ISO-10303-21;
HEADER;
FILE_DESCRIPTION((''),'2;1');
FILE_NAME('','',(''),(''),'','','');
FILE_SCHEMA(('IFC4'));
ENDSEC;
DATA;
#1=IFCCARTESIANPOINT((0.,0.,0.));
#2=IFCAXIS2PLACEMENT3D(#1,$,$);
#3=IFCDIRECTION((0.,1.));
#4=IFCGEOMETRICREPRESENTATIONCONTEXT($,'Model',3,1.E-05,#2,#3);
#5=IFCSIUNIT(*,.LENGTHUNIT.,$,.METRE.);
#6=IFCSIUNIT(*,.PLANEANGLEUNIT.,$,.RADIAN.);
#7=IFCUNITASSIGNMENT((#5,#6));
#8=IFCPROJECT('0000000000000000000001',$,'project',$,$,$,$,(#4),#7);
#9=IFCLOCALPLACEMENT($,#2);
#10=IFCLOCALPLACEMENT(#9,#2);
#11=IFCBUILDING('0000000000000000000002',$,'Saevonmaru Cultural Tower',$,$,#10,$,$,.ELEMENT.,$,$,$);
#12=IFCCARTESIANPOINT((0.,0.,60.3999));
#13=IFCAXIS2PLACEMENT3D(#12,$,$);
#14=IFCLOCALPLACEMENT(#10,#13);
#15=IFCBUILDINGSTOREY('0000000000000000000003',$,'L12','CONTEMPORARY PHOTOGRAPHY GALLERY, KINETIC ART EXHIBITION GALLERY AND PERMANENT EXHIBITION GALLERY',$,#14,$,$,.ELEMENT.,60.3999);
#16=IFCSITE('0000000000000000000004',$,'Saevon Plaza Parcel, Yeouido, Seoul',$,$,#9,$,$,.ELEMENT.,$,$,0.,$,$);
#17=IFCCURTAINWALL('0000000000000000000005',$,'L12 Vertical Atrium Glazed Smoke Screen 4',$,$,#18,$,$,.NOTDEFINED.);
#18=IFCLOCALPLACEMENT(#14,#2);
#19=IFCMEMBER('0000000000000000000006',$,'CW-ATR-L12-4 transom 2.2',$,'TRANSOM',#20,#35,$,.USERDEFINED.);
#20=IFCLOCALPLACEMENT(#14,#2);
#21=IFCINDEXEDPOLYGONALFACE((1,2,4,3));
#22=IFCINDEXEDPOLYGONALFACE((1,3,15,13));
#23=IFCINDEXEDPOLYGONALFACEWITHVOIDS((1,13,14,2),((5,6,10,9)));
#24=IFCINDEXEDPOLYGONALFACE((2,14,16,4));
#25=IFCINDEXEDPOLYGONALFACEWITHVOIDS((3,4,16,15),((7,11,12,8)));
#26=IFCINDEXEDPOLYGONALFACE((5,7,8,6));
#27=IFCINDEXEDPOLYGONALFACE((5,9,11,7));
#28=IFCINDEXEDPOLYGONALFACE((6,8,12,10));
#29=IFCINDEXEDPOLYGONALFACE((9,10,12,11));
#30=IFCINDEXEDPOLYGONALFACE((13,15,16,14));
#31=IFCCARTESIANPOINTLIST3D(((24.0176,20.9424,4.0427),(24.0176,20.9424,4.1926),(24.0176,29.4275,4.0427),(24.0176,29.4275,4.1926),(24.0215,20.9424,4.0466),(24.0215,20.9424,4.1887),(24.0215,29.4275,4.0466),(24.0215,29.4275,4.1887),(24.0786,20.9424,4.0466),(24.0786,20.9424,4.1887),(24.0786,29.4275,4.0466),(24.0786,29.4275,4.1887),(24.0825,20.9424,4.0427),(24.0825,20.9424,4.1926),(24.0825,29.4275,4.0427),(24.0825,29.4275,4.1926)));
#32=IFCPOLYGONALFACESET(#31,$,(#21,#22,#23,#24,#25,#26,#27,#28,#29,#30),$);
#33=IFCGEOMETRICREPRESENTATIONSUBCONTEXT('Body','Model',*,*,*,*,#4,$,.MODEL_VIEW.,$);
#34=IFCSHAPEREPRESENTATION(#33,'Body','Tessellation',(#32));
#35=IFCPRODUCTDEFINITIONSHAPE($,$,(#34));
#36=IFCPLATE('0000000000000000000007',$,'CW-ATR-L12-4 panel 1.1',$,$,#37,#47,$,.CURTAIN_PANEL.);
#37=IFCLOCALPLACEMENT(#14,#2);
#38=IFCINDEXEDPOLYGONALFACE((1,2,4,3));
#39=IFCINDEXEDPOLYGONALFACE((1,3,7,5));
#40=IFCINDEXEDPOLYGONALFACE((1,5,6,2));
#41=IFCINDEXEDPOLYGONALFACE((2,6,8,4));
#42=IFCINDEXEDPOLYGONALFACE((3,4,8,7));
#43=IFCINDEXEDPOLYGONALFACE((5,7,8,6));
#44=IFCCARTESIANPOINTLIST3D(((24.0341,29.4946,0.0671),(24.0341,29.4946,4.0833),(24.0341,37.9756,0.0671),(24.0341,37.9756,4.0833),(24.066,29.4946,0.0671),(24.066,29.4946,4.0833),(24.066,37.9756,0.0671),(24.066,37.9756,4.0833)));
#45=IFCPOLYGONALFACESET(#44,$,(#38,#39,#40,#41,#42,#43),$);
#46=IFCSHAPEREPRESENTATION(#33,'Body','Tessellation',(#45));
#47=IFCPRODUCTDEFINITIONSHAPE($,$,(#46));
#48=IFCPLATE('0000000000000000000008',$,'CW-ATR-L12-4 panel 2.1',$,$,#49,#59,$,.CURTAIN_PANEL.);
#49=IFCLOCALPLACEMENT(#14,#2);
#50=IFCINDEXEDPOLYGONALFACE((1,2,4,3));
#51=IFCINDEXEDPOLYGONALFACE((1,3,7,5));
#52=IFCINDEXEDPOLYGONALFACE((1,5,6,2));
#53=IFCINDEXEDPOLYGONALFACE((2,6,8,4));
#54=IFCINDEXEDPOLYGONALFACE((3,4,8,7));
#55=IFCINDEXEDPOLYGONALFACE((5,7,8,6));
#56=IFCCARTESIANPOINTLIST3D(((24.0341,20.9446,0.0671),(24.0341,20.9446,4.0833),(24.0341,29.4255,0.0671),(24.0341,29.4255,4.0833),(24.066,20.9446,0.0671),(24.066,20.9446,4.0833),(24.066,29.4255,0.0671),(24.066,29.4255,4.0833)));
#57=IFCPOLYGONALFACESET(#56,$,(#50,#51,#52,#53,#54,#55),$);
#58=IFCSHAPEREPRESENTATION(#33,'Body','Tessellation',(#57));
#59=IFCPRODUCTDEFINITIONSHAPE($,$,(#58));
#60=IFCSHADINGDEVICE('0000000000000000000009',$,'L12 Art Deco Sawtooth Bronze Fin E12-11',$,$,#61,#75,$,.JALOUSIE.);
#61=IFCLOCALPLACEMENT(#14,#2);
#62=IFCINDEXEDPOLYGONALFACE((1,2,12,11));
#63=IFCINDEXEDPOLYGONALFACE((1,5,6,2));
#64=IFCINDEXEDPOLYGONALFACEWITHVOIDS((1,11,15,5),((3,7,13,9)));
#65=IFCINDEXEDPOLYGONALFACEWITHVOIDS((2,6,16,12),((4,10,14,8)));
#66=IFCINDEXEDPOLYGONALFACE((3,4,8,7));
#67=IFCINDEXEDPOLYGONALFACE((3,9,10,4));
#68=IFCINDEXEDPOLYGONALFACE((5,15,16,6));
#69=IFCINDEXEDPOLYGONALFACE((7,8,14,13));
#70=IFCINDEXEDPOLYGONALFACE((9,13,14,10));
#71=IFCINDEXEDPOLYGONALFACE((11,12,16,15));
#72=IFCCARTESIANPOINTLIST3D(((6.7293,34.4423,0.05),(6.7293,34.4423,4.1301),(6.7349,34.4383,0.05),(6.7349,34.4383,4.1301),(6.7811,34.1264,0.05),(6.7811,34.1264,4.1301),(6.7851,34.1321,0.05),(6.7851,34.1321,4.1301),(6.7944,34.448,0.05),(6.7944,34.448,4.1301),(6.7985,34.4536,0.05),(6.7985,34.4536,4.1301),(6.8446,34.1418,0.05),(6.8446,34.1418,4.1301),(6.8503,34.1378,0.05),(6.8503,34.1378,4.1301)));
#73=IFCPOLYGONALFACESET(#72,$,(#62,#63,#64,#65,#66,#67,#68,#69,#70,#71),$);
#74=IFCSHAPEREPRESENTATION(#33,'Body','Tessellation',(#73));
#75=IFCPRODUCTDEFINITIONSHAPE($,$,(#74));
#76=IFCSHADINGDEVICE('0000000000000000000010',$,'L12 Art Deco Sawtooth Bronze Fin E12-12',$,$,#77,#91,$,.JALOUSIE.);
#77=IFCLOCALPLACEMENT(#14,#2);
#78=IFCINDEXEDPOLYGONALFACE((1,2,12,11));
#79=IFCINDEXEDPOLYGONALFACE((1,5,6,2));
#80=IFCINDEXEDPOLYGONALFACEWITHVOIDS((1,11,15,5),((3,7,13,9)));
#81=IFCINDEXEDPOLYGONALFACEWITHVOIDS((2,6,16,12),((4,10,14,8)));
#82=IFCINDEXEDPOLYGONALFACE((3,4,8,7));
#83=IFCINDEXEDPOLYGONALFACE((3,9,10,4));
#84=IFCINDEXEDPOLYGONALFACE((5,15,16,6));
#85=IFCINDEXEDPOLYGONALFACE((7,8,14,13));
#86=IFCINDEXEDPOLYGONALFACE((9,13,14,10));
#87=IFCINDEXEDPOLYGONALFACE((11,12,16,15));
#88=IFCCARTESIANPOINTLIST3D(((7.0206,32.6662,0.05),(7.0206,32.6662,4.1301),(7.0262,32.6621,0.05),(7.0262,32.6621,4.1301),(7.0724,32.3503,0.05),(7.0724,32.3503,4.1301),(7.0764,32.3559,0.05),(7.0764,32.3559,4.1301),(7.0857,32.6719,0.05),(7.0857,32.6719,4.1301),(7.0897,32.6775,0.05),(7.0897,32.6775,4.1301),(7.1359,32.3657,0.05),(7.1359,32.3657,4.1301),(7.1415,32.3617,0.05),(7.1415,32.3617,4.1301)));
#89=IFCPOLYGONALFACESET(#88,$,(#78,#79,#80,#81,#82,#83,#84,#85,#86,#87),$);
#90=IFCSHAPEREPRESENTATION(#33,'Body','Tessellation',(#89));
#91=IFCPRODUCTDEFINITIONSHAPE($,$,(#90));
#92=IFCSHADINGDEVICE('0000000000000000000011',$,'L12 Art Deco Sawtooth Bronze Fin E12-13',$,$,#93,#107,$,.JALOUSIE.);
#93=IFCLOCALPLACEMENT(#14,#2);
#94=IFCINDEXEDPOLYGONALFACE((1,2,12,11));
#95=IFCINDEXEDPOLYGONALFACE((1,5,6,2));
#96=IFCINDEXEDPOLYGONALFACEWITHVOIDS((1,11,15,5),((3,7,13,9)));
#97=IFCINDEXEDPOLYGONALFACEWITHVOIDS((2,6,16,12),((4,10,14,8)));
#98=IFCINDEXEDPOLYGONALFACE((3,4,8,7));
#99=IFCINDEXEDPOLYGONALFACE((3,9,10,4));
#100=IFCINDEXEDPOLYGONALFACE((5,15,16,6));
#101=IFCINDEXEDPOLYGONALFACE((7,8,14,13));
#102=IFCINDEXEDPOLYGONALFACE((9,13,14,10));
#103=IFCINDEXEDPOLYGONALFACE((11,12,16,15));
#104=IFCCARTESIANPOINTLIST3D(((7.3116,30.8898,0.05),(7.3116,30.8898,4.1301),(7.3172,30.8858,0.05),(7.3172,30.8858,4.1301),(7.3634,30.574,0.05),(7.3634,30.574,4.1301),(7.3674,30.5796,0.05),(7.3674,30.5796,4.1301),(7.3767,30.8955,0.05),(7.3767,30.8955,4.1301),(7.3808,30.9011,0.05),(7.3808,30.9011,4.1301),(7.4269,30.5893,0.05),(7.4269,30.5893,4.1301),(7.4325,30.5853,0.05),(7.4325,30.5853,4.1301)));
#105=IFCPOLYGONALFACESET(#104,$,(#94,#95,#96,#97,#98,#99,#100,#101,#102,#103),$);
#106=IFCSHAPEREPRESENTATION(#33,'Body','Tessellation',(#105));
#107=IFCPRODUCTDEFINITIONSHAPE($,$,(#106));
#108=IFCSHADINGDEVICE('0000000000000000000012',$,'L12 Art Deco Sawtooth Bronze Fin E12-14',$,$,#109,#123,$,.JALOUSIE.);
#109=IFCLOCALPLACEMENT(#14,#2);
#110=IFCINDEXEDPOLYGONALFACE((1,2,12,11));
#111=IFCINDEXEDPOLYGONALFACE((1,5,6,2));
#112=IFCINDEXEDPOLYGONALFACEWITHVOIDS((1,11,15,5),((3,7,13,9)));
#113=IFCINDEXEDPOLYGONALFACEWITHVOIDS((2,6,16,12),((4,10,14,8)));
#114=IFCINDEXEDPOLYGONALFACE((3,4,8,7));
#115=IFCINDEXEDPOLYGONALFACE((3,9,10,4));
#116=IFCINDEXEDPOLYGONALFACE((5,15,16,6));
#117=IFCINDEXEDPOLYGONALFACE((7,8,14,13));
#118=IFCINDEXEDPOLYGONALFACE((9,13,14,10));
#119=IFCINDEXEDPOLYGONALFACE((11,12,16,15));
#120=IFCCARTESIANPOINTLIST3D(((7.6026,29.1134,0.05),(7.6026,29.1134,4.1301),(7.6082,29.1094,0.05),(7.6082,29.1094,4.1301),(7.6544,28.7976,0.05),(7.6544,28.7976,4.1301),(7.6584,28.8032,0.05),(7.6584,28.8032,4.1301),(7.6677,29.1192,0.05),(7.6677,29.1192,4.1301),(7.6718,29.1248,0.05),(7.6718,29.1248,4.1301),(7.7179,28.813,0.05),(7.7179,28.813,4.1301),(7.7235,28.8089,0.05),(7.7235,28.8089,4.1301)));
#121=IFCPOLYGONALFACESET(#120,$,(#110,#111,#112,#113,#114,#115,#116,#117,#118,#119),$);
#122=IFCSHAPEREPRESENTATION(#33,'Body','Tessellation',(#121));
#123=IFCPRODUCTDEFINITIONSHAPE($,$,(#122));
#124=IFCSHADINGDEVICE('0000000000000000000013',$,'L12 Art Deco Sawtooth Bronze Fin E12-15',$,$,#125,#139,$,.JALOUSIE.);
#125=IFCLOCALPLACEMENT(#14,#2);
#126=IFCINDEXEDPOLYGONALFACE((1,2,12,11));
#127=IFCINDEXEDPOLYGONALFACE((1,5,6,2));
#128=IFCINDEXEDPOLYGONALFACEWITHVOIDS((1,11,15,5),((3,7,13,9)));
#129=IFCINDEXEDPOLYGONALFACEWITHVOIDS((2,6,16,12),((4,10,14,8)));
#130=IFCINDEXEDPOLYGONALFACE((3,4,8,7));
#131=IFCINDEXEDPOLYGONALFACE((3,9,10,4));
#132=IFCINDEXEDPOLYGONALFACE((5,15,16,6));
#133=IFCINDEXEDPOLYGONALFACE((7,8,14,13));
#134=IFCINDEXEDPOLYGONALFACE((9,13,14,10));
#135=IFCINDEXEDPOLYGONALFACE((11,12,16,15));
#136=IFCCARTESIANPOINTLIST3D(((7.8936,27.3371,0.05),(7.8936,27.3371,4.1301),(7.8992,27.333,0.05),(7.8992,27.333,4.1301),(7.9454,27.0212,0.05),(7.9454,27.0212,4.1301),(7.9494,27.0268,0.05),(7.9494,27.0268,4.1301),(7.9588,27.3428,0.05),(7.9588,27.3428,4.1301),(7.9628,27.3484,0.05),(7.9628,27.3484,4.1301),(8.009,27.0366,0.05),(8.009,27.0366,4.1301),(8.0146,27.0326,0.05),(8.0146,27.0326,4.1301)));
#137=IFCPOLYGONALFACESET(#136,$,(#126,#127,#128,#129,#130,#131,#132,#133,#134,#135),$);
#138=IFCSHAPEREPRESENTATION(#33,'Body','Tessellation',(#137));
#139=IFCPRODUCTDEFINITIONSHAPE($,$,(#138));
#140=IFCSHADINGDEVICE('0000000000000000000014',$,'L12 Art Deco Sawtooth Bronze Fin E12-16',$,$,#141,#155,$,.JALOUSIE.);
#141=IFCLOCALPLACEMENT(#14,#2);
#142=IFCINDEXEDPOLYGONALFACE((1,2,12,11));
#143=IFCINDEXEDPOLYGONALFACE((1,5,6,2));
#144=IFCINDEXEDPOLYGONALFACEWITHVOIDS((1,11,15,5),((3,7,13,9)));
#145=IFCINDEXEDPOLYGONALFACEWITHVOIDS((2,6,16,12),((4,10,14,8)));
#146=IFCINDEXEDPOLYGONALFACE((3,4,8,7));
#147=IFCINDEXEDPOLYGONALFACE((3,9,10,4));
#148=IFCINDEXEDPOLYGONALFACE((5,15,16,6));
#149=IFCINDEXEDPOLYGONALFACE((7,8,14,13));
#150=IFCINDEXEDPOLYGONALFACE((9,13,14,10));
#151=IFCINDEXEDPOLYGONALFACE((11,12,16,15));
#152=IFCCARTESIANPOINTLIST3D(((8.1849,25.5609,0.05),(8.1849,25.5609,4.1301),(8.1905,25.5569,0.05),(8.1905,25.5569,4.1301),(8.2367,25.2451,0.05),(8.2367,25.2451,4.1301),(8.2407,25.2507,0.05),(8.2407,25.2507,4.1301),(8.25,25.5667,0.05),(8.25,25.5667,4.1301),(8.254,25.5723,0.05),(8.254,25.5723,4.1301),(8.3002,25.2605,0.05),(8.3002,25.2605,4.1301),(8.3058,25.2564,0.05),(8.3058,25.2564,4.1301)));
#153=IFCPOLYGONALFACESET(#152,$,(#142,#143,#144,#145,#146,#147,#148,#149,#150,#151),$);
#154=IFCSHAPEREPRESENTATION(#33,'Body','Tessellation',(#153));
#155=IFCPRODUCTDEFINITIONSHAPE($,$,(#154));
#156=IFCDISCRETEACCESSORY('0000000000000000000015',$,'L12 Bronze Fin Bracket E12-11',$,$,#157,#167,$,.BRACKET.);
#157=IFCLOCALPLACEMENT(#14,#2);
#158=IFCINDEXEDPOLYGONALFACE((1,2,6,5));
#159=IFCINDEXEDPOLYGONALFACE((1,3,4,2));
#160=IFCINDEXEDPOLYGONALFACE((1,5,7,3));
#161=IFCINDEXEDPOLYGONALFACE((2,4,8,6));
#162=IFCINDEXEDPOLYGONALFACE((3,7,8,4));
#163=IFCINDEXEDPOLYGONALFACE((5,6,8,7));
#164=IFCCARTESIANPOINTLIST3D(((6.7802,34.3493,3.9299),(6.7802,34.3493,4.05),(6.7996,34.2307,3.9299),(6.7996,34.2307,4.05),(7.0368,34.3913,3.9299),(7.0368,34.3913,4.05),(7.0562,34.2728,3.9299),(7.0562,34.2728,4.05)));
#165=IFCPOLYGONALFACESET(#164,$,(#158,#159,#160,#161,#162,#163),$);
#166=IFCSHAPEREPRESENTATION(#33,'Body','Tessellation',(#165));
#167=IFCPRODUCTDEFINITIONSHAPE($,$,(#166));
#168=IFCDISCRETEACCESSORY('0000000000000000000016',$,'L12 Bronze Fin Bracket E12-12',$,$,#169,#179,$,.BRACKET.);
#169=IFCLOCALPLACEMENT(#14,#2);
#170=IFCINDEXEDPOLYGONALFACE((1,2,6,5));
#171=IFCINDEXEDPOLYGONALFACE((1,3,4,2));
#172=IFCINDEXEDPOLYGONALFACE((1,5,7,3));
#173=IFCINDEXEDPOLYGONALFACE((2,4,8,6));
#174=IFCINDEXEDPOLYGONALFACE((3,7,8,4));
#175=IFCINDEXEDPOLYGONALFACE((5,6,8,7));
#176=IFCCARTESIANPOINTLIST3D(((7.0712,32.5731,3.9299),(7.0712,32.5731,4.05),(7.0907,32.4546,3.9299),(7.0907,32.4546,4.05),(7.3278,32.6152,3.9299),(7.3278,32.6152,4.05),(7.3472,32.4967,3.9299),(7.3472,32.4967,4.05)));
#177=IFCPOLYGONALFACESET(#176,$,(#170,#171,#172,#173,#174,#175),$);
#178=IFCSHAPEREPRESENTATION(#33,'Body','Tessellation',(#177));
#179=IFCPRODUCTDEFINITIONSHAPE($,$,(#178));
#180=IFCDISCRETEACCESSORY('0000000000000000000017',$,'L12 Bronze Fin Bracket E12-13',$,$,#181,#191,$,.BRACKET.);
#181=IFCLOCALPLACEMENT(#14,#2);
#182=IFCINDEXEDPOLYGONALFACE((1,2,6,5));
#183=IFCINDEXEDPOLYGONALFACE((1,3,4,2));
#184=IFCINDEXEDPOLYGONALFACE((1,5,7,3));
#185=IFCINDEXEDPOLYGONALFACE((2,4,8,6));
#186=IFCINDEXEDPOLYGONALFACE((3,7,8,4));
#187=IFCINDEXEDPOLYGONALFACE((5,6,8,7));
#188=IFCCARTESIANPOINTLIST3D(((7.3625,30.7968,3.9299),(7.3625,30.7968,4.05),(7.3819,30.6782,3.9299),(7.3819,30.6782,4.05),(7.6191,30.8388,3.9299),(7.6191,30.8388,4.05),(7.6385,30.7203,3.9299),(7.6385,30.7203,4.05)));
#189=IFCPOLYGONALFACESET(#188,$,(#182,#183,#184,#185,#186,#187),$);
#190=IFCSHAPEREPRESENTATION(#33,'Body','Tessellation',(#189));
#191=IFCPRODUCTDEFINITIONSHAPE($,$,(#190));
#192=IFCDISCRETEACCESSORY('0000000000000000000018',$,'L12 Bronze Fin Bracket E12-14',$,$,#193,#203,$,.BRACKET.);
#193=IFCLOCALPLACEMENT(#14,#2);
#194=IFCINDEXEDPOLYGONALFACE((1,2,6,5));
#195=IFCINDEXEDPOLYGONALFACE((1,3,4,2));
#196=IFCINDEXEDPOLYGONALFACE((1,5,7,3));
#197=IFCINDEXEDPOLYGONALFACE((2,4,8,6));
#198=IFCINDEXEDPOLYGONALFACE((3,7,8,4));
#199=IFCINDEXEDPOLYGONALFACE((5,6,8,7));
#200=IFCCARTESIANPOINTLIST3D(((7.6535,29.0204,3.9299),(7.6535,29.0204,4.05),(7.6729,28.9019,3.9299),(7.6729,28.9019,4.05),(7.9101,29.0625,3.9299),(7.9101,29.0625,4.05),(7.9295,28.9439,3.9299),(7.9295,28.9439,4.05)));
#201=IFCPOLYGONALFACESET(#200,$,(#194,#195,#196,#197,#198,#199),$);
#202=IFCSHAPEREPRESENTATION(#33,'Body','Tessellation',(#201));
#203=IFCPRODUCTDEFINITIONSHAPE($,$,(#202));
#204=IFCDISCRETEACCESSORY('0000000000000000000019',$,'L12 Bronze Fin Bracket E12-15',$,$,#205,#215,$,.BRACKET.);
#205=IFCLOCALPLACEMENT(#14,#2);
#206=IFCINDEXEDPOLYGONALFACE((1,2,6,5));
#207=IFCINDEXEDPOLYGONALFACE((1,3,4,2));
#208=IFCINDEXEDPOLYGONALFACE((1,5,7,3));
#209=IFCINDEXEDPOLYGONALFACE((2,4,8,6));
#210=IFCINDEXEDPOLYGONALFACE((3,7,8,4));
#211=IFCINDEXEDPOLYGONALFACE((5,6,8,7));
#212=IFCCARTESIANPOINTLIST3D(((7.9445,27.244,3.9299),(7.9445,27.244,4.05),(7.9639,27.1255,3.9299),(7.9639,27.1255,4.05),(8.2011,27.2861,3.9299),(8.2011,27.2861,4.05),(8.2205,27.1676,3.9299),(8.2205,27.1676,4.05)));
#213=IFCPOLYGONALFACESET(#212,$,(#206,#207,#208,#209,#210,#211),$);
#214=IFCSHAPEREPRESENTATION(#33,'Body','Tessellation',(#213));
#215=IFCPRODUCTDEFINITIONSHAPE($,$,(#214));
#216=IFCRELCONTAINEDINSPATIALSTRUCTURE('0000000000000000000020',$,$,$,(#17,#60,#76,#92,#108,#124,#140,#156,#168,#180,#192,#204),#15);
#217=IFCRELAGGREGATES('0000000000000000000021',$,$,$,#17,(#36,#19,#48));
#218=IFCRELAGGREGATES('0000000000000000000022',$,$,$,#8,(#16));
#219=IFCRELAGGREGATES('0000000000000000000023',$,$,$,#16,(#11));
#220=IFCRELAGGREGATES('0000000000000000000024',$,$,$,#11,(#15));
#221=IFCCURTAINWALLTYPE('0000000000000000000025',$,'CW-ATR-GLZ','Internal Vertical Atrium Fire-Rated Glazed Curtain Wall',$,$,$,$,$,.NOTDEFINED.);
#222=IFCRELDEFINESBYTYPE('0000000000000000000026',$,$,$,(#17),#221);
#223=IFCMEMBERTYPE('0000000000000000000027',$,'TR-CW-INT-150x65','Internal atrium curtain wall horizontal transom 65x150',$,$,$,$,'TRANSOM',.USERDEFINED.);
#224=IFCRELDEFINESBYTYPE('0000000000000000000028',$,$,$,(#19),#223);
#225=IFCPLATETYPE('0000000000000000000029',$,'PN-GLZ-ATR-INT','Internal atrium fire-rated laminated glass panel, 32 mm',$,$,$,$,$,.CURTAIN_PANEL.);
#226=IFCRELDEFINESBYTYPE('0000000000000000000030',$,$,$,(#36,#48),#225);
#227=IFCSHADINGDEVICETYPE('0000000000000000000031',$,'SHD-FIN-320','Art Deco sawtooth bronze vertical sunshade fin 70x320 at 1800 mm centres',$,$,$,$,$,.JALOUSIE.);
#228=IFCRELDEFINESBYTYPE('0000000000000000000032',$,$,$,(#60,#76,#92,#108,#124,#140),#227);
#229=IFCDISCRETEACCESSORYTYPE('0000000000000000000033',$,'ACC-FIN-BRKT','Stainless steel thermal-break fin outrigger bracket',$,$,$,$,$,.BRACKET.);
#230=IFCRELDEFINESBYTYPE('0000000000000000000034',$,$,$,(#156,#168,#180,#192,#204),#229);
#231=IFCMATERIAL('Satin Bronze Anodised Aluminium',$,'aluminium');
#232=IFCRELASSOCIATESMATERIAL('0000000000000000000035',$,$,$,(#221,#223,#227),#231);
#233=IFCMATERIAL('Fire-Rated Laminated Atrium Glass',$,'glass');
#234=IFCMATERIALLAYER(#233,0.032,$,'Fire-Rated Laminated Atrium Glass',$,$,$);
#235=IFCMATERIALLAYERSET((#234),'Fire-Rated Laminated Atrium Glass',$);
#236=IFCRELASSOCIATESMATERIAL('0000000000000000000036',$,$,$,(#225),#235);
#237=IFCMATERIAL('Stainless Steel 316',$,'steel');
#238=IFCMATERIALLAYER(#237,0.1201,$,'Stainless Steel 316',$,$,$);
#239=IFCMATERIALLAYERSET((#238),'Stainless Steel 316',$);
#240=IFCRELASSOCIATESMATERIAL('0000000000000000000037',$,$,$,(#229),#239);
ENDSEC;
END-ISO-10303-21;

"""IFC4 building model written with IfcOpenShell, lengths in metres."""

from ifc_helpers import new_model, si_unit, direction, frame, origin, origin_2d, place, context, subcontext, project, spatial, rectangle, hollow_rectangle, extrude, material, layer, layer_set, material_profile, profile_set, type_object, element, aggregate, save


model = new_model("IFC4")

# Units and contexts
model_context = context("Model", 3, precision=1e-05, world=origin(), true_north=direction((0.0, 1.0)))
body_context = subcontext(model_context, "Body", "Model", "MODEL_VIEW")
ifc_project = project(units=[si_unit("LENGTHUNIT", "METRE"), si_unit("PLANEANGLEUNIT", "RADIAN")], contexts=[model_context])

# Site, building, storey
site_placement = place(None, origin())
site = spatial("IfcSite", under=ifc_project, at=site_placement, Name="Saevon Plaza Parcel, Yeouido, Seoul", CompositionType="ELEMENT", RefElevation=0.0)
building_placement = place(site_placement, origin())
building = spatial("IfcBuilding", under=site, at=building_placement, Name="Saevonmaru Cultural Tower", CompositionType="ELEMENT")
storey_placement = place(building_placement, frame((0.0, 0.0, 60.3999)))
storey = spatial("IfcBuildingStorey", under=building, at=storey_placement, Name="L12", Description="CONTEMPORARY PHOTOGRAPHY GALLERY, KINETIC ART EXHIBITION GALLERY AND PERMANENT EXHIBITION GALLERY", CompositionType="ELEMENT", Elevation=60.3999)

# Curtain wall
ifc_material_1 = material(Name="Satin Bronze Anodised Aluminium", Category="aluminium")
curtain_wall_type_1 = type_object("IfcCurtainWallType", Name="CW-ATR-GLZ", Description="Internal Vertical Atrium Fire-Rated Glazed Curtain Wall", PredefinedType="NOTDEFINED", material=ifc_material_1)
curtain_wall_1_placement = place(storey_placement, origin())
curtain_wall_1 = element("IfcCurtainWall", 1, at=curtain_wall_1_placement, inside=storey, type_object=curtain_wall_type_1, Name="L12 Vertical Atrium Glazed Smoke Screen 4", PredefinedType="NOTDEFINED")

# Member
ifc_material_profile_1 = material_profile(ifc_material_1, hollow_rectangle(XDim=0.0649, YDim=0.1499, WallThickness=0.0039, at=origin_2d()), Name="ALU-TRAN-150x65x4")
ifc_profile_set_1 = profile_set([ifc_material_profile_1], Name="Satin Bronze Anodised Aluminium")
member_type_1 = type_object("IfcMemberType", Name="TR-CW-INT-150x65", Description="Internal atrium curtain wall horizontal transom 65x150", ElementType="TRANSOM", PredefinedType="USERDEFINED", material=ifc_profile_set_1)
member_1_placement = place(storey_placement, frame((24.05, 29.4275, 4.1177), z_axis=(0.0, -1.0, 0.0), x_axis=(1.0, 0.0, 0.0)))
member_1 = element("IfcMember", 2, at=member_1_placement, type_object=member_type_1, Name="CW-ATR-L12-4 transom 2.2", ObjectType="TRANSOM", PredefinedType="USERDEFINED", context=body_context, shape_type="SweptSolid", body=[
    extrude(hollow_rectangle(XDim=0.0649, YDim=0.1499, WallThickness=0.0039, at=origin_2d()), origin(), (0.0, 0.0, 1.0), 8.4851),
])

# Plates
ifc_material_2 = material(Name="Fire-Rated Laminated Atrium Glass", Category="glass")
ifc_layer_1 = layer(ifc_material_2, 0.032, Name="Fire-Rated Laminated Atrium Glass")
ifc_layer_set_1 = layer_set([ifc_layer_1], Name="Fire-Rated Laminated Atrium Glass")
plate_type = type_object("IfcPlateType", Name="PN-GLZ-ATR-INT", Description="Internal atrium fire-rated laminated glass panel, 32 mm", PredefinedType="CURTAIN_PANEL", material=ifc_layer_set_1)
plate_1_placement = place(storey_placement, frame((24.05, 33.7351, 0.0671), z_axis=(0.0, 0.0, 1.0), x_axis=(0.0, -1.0, 0.0)))
plate_1 = element("IfcPlate", 3, at=plate_1_placement, type_object=plate_type, Name="CW-ATR-L12-4 panel 1.1", PredefinedType="CURTAIN_PANEL", context=body_context, shape_type="SweptSolid", body=[
    extrude(rectangle(XDim=8.481, YDim=0.032, at=origin_2d()), origin(), (0.0, 0.0, 1.0), 4.0161),
])
plate_2_placement = place(storey_placement, frame((24.05, 25.1851, 0.0671), z_axis=(0.0, 0.0, 1.0), x_axis=(0.0, -1.0, 0.0)))
plate_2 = element("IfcPlate", 4, at=plate_2_placement, type_object=plate_type, Name="CW-ATR-L12-4 panel 2.1", PredefinedType="CURTAIN_PANEL", context=body_context, shape_type="SweptSolid", body=[
    extrude(rectangle(XDim=8.481, YDim=0.032, at=origin_2d()), origin(), (0.0, 0.0, 1.0), 4.0161),
])
aggregate(curtain_wall_1, [plate_1, member_1, plate_2])

# Shading devices
ifc_material_profile_2 = material_profile(ifc_material_1, hollow_rectangle(XDim=0.0701, YDim=0.3201, WallThickness=0.0049, at=origin_2d()), Name="FIN-320x70")
ifc_profile_set_2 = profile_set([ifc_material_profile_2], Name="Satin Bronze Anodised Aluminium")
shading_device_type = type_object("IfcShadingDeviceType", Name="SHD-FIN-320", Description="Art Deco sawtooth bronze vertical sunshade fin 70x320 at 1800 mm centres", PredefinedType="JALOUSIE", material=ifc_profile_set_2)
for number, where, z_axis, x_axis, name in (
    (5, (6.7898, 34.29, 0.05), (0.0, 0.0, 1.0), (-0.986827, -0.161776, 0.0), "L12 Art Deco Sawtooth Bronze Fin E12-11"),
    (6, (7.0811, 32.5139, 0.05), (0.0, 0.0, 1.0), (-0.986827, -0.161776, 0.0), "L12 Art Deco Sawtooth Bronze Fin E12-12"),
    (7, (7.3721, 30.7375, 0.05), (0.0, 0.0, 1.0), (-0.986827, -0.161776, 0.0), "L12 Art Deco Sawtooth Bronze Fin E12-13"),
    (8, (7.6631, 28.9612, 0.05), (0.0, 0.0, 1.0), (-0.986827, -0.161776, 0.0), "L12 Art Deco Sawtooth Bronze Fin E12-14"),
    (9, (7.9541, 27.1848, 0.05), (0.0, 0.0, 1.0), (-0.986827, -0.161776, 0.0), "L12 Art Deco Sawtooth Bronze Fin E12-15"),
    (10, (8.2454, 25.4087, 0.05), (0.0, 0.0, 1.0), (-0.986827, -0.161776, 0.0), "L12 Art Deco Sawtooth Bronze Fin E12-16"),
):
    element("IfcShadingDevice", number, at=place(storey_placement, frame(where, z_axis=z_axis, x_axis=x_axis)), inside=storey, type_object=shading_device_type, Name=name, PredefinedType="JALOUSIE", context=body_context, shape_type="SweptSolid", body=[
        extrude(hollow_rectangle(XDim=0.0701, YDim=0.3201, WallThickness=0.0049, at=origin_2d()), origin(), (0.0, 0.0, 1.0), 4.0801),
    ])

# Discrete accessories
ifc_material_3 = material(Name="Stainless Steel 316", Category="steel")
ifc_layer_2 = layer(ifc_material_3, 0.1201, Name="Stainless Steel 316")
ifc_layer_set_2 = layer_set([ifc_layer_2], Name="Stainless Steel 316")
discrete_accessory_type = type_object("IfcDiscreteAccessoryType", Name="ACC-FIN-BRKT", Description="Stainless steel thermal-break fin outrigger bracket", PredefinedType="BRACKET", material=ifc_layer_set_2)
for number, where, z_axis, x_axis, name in (
    (11, (6.9182, 34.311, 3.9299), (0.0, 0.0, 1.0), (-0.986827, -0.161776, 0.0), "L12 Bronze Fin Bracket E12-11"),
    (12, (7.2092, 32.5349, 3.9299), (0.0, 0.0, 1.0), (-0.986827, -0.161776, 0.0), "L12 Bronze Fin Bracket E12-12"),
    (13, (7.5005, 30.7585, 3.9299), (0.0, 0.0, 1.0), (-0.986827, -0.161776, 0.0), "L12 Bronze Fin Bracket E12-13"),
    (14, (7.7915, 28.9822, 3.9299), (0.0, 0.0, 1.0), (-0.986827, -0.161776, 0.0), "L12 Bronze Fin Bracket E12-14"),
    (15, (8.0825, 27.2058, 3.9299), (0.0, 0.0, 1.0), (-0.986827, -0.161776, 0.0), "L12 Bronze Fin Bracket E12-15"),
):
    element("IfcDiscreteAccessory", number, at=place(storey_placement, frame(where, z_axis=z_axis, x_axis=x_axis)), inside=storey, type_object=discrete_accessory_type, Name=name, PredefinedType="BRACKET", context=body_context, shape_type="SweptSolid", body=[
        extrude(rectangle(XDim=0.26, YDim=0.1201, at=origin_2d()), origin(), (0.0, 0.0, 1.0), 0.1201),
    ])

save(model, "model.ifc")
